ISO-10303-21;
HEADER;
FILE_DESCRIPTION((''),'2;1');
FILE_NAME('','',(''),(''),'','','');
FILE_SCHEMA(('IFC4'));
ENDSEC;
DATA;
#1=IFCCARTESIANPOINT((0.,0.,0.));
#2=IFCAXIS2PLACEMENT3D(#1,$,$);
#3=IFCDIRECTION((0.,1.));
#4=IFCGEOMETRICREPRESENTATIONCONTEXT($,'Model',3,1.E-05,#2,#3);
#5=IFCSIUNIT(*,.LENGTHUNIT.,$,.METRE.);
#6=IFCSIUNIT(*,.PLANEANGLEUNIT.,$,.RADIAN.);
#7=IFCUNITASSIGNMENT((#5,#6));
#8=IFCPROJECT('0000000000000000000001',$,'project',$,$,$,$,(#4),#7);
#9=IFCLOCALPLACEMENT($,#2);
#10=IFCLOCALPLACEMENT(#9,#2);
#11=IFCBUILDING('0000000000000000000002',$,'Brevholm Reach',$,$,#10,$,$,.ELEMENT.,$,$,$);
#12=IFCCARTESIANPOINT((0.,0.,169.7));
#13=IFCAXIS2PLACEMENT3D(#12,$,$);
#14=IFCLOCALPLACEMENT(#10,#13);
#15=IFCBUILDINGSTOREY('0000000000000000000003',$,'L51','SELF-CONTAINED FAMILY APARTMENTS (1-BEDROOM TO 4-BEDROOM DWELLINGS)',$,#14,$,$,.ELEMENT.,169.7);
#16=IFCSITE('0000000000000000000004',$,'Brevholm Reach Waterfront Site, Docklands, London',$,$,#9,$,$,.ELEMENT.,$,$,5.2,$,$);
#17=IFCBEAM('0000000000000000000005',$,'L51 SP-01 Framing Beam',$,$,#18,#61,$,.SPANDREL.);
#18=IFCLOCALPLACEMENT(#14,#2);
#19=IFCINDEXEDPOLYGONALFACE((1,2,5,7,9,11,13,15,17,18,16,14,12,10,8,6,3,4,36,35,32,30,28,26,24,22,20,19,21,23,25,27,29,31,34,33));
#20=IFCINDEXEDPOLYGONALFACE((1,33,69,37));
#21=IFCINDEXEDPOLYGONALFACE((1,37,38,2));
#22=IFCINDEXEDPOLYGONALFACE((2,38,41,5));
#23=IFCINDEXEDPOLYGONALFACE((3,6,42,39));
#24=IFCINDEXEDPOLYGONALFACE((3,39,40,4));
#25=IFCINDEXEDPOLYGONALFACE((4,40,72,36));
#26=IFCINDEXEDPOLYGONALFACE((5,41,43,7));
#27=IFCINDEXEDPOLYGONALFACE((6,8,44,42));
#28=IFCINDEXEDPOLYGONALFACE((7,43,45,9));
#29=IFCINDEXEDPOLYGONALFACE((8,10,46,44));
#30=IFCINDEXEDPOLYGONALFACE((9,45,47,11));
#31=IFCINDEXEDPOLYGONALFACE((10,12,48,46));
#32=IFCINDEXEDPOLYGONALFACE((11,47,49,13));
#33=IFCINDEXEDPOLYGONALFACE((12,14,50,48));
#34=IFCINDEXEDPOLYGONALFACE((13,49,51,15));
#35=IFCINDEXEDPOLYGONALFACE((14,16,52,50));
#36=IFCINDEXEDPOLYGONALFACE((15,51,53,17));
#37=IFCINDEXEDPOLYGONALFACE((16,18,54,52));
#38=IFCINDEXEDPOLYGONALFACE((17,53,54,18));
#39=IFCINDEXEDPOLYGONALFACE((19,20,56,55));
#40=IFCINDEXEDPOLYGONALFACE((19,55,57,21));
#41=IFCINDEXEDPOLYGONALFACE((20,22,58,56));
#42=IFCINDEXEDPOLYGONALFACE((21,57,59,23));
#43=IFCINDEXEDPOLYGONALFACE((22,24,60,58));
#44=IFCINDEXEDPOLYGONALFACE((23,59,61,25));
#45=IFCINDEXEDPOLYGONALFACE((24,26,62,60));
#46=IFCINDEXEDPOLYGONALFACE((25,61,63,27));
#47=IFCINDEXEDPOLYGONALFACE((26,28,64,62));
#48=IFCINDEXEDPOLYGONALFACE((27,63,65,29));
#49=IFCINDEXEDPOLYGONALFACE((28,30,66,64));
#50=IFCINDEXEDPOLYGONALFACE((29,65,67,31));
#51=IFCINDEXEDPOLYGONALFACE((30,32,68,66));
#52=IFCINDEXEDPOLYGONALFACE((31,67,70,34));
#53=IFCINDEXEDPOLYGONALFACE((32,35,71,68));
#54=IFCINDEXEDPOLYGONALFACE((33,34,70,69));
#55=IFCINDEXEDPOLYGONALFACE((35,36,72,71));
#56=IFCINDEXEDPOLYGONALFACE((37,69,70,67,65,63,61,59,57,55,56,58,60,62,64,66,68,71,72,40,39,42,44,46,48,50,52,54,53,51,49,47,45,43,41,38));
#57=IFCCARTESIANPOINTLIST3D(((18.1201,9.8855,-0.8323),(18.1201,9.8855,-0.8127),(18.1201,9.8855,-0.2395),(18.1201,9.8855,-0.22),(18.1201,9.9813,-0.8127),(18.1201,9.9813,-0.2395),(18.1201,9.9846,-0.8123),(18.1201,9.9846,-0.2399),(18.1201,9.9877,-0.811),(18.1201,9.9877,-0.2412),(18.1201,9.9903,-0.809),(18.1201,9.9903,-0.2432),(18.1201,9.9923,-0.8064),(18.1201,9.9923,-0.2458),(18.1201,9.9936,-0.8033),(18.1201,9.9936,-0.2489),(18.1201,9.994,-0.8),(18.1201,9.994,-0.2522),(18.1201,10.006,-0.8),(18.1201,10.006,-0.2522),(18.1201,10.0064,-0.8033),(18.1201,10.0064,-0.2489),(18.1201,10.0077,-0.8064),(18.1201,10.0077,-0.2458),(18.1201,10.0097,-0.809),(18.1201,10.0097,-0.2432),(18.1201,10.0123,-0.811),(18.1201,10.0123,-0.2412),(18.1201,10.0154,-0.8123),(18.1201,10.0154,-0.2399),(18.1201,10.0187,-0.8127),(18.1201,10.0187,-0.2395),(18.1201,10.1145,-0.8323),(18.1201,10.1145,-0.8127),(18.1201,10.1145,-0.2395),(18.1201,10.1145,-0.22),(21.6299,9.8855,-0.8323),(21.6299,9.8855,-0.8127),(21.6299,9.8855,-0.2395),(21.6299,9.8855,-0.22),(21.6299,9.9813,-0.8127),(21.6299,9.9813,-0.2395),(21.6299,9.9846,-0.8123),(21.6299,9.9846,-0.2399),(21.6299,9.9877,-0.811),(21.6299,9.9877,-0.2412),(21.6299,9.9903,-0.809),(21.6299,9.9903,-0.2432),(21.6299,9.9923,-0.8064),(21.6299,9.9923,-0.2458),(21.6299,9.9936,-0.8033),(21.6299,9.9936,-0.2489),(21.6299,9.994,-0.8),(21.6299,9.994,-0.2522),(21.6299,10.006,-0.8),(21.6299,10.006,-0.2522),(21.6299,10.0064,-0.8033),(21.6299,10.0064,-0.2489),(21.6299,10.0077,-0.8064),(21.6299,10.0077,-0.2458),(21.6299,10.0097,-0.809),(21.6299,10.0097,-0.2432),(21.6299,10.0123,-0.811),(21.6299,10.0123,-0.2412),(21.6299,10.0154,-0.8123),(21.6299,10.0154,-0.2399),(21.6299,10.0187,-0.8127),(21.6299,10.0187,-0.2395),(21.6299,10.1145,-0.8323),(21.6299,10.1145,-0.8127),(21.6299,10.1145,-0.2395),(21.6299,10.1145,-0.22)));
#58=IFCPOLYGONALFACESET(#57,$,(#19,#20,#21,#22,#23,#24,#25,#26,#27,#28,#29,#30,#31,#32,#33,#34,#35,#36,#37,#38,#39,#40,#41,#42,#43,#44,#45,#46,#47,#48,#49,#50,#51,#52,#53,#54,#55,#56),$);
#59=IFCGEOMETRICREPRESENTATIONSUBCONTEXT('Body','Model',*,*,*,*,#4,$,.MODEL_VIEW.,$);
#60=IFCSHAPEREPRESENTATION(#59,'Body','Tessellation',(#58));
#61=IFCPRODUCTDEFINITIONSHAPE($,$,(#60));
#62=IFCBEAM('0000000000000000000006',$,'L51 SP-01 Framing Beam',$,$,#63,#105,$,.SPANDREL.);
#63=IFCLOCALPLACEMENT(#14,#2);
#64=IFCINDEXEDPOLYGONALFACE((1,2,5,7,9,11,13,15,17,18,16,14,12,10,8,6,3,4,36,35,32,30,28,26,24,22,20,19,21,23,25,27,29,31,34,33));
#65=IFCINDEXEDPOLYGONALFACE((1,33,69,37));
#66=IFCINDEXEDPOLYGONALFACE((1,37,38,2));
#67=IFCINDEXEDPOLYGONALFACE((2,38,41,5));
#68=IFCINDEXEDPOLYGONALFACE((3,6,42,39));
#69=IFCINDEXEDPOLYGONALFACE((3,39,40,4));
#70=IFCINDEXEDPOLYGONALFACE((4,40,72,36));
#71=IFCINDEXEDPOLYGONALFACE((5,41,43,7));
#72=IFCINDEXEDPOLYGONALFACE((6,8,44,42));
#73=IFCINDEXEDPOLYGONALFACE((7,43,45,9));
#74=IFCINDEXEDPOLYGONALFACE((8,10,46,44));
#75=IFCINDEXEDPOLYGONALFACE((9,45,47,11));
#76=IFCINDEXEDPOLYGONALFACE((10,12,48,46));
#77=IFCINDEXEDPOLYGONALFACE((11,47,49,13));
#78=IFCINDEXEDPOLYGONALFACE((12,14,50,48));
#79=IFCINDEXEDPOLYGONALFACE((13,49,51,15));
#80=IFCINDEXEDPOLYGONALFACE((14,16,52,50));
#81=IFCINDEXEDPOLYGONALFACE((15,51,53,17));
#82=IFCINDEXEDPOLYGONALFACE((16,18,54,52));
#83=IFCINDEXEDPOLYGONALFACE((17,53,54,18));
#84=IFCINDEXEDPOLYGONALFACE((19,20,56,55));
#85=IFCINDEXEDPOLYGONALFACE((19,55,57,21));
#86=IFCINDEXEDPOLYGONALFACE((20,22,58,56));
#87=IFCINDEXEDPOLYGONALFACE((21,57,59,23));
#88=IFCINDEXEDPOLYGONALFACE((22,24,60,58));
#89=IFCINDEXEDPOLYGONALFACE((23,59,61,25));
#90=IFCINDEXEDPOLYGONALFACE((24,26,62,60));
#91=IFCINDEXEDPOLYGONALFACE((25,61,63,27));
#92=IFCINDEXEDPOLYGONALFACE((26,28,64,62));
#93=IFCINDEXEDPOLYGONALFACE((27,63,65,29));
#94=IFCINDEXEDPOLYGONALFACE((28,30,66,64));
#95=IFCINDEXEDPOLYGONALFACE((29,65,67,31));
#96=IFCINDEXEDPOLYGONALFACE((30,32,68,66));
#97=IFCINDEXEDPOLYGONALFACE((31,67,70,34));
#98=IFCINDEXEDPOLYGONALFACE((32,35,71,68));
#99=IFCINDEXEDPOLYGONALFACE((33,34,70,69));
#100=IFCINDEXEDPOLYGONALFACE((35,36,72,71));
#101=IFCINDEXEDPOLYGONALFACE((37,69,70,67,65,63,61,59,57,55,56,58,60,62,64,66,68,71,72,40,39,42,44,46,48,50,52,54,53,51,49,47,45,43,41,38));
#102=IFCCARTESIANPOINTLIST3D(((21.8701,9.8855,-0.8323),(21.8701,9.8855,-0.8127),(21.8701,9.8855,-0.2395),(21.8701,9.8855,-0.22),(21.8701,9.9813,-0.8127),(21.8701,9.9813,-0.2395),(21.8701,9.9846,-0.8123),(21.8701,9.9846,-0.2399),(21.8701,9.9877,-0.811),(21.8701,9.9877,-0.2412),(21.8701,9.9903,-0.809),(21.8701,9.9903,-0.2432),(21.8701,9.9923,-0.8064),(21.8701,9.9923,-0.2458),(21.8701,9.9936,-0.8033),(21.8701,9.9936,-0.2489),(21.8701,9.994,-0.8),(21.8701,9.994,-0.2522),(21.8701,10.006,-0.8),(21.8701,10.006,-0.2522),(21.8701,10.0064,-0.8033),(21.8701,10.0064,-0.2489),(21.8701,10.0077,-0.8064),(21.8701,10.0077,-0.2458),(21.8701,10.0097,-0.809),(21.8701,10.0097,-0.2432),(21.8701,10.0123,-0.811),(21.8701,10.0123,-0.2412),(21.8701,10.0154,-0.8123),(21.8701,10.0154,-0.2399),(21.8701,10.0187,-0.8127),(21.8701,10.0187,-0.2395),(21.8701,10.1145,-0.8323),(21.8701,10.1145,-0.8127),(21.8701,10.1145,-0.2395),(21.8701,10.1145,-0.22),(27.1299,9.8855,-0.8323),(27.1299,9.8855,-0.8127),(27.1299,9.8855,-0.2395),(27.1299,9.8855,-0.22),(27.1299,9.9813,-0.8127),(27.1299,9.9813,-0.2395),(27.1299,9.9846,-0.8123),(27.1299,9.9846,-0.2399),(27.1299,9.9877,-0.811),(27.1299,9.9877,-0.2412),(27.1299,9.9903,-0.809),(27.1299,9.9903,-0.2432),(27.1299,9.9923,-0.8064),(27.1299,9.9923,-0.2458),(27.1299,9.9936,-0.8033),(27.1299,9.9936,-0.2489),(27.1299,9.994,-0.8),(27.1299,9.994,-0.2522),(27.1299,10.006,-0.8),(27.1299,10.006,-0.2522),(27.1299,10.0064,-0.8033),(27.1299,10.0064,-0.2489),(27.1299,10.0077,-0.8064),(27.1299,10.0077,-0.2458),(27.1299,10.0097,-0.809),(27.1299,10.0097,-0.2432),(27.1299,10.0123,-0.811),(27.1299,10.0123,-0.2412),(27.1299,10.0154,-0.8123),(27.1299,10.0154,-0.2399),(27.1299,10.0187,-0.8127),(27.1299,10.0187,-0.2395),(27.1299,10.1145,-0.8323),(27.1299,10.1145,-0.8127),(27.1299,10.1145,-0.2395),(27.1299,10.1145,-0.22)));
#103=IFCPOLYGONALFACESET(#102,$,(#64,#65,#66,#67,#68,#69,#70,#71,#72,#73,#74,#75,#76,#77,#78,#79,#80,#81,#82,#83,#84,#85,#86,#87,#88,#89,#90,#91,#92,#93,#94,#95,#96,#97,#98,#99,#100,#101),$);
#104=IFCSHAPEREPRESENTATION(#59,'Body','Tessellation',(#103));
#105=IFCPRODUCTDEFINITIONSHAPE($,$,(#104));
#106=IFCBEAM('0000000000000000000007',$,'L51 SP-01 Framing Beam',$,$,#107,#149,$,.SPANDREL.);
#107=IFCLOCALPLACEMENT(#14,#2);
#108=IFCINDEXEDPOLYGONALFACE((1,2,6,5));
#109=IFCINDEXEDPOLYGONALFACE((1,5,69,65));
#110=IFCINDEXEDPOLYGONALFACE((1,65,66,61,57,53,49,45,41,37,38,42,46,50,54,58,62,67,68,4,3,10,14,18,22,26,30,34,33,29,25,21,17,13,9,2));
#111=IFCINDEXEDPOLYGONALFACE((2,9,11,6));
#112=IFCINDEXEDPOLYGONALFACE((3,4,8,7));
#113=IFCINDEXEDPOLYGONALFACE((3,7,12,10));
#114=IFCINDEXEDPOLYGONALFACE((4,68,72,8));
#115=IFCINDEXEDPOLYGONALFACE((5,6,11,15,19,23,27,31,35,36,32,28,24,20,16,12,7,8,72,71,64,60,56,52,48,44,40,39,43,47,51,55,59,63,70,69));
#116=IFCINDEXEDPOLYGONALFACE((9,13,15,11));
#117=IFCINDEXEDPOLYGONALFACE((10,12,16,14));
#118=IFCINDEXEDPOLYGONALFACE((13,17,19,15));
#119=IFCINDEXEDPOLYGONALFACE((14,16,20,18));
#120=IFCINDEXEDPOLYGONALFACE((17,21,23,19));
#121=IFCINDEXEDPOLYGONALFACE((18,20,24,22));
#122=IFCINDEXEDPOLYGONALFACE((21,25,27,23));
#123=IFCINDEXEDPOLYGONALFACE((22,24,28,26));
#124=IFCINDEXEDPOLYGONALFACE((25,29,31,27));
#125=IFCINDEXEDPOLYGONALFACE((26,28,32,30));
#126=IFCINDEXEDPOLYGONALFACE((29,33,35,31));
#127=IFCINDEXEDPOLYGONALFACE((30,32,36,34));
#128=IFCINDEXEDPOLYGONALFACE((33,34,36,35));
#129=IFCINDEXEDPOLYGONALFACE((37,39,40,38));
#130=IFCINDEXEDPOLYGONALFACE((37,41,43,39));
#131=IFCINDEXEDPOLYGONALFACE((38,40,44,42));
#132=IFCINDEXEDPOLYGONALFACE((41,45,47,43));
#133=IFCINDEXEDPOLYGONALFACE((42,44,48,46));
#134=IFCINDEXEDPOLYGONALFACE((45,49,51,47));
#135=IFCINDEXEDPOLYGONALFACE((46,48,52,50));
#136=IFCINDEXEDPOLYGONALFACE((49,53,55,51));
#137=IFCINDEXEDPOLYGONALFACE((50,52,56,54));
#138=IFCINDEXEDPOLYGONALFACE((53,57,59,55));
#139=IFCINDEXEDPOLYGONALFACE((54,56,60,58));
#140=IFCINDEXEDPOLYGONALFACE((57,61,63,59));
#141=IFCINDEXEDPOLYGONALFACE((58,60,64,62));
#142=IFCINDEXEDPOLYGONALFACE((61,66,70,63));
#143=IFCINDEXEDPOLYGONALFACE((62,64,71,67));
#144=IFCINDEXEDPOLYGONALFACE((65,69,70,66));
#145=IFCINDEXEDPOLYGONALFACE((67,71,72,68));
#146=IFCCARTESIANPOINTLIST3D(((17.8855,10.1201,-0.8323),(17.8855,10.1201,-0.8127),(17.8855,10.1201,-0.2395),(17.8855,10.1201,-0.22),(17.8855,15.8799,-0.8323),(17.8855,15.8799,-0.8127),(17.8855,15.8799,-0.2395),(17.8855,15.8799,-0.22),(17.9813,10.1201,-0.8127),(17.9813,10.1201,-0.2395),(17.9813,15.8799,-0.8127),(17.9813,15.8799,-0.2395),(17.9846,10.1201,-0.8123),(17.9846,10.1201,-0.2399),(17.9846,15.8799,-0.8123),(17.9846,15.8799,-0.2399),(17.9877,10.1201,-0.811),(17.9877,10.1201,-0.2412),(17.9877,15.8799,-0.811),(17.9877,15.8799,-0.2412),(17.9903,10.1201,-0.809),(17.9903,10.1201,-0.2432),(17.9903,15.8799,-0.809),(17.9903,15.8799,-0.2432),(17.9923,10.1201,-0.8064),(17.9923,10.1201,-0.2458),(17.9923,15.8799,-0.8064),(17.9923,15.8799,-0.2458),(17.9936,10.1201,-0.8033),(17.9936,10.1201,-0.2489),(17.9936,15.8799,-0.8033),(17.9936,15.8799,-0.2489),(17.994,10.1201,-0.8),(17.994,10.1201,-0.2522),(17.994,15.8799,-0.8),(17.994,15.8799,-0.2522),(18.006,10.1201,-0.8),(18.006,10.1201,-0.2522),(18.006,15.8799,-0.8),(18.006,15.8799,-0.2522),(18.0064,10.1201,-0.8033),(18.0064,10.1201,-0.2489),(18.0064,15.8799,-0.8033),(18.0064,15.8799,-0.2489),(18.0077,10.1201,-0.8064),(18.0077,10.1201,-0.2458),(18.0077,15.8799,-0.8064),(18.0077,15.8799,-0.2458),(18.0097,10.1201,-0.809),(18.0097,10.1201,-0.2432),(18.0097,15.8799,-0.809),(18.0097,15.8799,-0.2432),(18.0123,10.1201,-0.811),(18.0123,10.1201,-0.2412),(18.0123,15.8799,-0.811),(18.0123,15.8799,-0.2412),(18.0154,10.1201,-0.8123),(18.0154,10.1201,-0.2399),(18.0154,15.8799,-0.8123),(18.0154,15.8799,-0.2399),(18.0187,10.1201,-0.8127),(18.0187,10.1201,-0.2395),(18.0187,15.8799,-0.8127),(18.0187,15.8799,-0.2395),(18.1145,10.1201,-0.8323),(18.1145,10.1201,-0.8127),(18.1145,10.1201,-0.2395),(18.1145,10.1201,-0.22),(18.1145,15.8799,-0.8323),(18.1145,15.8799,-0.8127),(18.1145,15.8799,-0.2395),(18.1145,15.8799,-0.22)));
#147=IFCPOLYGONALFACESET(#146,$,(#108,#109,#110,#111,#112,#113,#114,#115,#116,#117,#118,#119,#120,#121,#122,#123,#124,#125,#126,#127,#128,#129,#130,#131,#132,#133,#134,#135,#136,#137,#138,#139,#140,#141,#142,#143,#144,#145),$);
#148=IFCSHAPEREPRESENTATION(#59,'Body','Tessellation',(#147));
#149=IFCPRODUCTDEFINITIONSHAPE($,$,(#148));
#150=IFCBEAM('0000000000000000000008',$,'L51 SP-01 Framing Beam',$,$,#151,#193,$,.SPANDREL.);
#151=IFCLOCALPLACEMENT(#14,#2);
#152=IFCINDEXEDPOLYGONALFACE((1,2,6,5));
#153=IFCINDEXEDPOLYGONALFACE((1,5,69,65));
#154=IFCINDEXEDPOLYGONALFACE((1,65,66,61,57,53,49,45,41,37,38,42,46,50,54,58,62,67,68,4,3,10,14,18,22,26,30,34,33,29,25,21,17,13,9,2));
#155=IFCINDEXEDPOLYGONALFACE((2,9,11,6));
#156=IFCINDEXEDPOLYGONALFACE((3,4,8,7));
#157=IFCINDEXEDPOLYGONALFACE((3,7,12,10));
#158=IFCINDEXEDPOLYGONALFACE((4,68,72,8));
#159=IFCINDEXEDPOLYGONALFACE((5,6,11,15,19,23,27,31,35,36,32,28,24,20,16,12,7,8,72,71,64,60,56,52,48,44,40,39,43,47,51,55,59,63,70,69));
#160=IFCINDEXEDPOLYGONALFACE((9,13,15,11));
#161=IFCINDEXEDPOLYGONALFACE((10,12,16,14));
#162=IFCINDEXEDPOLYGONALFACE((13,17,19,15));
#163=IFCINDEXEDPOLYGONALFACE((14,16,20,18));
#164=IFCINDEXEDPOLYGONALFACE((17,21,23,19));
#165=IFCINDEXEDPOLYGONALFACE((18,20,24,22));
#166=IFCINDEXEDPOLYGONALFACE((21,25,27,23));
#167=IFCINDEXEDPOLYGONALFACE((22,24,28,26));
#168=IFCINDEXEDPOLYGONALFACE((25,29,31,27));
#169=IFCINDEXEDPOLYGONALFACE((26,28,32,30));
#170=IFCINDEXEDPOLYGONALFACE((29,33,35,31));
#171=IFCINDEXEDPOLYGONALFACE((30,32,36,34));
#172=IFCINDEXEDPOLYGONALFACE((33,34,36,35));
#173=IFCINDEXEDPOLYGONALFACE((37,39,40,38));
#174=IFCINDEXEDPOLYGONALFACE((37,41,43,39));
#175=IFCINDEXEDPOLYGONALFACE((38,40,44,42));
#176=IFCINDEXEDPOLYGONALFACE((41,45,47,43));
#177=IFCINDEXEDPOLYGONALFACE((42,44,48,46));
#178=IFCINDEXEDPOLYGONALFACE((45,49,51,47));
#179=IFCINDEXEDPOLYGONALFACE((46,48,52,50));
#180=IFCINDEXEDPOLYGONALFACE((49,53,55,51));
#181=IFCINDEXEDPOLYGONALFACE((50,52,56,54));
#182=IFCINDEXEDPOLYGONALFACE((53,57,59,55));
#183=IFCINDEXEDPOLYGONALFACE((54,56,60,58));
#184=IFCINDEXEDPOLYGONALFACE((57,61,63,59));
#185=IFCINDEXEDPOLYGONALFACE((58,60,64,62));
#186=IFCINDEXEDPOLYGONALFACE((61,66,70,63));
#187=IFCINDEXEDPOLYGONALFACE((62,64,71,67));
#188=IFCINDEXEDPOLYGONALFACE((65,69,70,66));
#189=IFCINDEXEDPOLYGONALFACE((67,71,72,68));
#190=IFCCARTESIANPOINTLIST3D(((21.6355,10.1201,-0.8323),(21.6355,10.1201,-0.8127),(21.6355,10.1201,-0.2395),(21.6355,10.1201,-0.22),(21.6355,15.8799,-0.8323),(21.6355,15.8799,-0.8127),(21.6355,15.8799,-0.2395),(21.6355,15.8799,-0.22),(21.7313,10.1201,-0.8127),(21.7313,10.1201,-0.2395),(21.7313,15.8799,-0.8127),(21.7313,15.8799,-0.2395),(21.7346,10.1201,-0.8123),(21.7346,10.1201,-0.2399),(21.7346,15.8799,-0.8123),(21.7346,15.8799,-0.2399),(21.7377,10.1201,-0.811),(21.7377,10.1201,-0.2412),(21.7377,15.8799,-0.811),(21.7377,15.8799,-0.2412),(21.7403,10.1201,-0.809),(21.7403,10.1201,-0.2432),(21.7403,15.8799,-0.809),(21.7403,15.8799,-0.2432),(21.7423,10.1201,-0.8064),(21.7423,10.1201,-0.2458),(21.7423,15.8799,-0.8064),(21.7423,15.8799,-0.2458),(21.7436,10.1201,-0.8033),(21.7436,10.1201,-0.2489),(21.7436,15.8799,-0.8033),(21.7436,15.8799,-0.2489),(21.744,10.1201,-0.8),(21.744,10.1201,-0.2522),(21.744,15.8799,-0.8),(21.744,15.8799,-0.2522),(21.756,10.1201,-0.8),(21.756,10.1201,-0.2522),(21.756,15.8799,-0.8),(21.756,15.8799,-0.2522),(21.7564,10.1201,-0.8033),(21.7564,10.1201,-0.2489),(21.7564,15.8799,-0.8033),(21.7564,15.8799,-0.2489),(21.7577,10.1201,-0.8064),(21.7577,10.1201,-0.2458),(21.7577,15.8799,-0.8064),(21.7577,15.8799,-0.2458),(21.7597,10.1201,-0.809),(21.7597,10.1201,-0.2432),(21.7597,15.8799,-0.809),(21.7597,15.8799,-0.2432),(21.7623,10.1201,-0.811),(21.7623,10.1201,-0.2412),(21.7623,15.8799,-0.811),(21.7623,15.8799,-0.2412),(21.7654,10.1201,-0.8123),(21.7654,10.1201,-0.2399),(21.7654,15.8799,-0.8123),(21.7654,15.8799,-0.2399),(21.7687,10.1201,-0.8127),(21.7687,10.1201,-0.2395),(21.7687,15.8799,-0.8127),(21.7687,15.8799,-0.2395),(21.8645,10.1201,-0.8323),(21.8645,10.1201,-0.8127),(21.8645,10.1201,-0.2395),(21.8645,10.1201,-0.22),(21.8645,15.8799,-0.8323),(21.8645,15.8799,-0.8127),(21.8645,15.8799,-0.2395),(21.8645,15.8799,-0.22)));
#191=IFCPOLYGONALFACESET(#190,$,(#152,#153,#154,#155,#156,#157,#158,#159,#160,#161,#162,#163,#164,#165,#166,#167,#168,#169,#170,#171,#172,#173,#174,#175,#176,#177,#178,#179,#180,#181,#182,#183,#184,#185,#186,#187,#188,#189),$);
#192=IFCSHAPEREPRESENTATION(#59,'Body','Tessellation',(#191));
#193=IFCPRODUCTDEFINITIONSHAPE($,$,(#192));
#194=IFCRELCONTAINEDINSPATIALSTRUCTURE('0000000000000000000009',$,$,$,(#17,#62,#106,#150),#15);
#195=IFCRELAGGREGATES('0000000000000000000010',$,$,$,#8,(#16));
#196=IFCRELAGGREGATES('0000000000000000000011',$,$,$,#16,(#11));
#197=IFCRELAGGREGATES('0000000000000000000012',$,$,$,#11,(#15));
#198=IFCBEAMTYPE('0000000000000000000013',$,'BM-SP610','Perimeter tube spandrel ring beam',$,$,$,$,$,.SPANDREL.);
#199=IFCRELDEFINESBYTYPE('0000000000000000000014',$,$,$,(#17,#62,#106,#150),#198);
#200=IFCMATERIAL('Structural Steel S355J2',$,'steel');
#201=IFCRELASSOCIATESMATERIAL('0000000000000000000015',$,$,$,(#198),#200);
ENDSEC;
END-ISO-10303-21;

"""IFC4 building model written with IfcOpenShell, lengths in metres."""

from ifc_helpers import new_model, si_unit, direction, frame, origin, origin_2d, place, context, subcontext, project, spatial, i_section, extrude, material, material_profile, profile_set, type_object, element, save


model = new_model("IFC4")

# Units and contexts
model_context = context("Model", 3, precision=1e-05, world=origin(), true_north=direction((0.0, 1.0)))
body_context = subcontext(model_context, "Body", "Model", "MODEL_VIEW")
ifc_project = project(units=[si_unit("LENGTHUNIT", "METRE"), si_unit("PLANEANGLEUNIT", "RADIAN")], contexts=[model_context])

# Site, building, storey
site_placement = place(None, origin())
site = spatial("IfcSite", under=ifc_project, at=site_placement, Name="Brevholm Reach Waterfront Site, Docklands, London", CompositionType="ELEMENT", RefElevation=5.2)
building_placement = place(site_placement, origin())
building = spatial("IfcBuilding", under=site, at=building_placement, Name="Brevholm Reach", CompositionType="ELEMENT")
storey_placement = place(building_placement, frame((0.0, 0.0, 169.7)))
storey = spatial("IfcBuildingStorey", under=building, at=storey_placement, Name="L51", Description="SELF-CONTAINED FAMILY APARTMENTS (1-BEDROOM TO 4-BEDROOM DWELLINGS)", CompositionType="ELEMENT", Elevation=169.7)

# Beams
ifc_material_1 = material(Name="Structural Steel S355J2", Category="steel")
ifc_material_profile_1 = material_profile(ifc_material_1, i_section(OverallWidth=0.229, OverallDepth=0.6123, WebThickness=0.012, FlangeThickness=0.0195, FilletRadius=0.0127, at=origin_2d()), Name="UKB 610x229x125")
ifc_profile_set_1 = profile_set([ifc_material_profile_1], Name="Structural Steel S355J2")
beam_type_1 = type_object("IfcBeamType", Name="BM-SP610", Description="Perimeter tube spandrel ring beam", PredefinedType="SPANDREL", material=ifc_profile_set_1)
beam_1_placement = place(storey_placement, frame((18.1201, 10.0, -0.5261), z_axis=(1.0, 0.0, 0.0), x_axis=(0.0, 1.0, 0.0)))
element("IfcBeam", 1, at=beam_1_placement, inside=storey, type_object=beam_type_1, Name="L51 SP-01 Framing Beam", PredefinedType="SPANDREL", context=body_context, shape_type="SweptSolid", body=[
    extrude(i_section(OverallWidth=0.229, OverallDepth=0.6123, WebThickness=0.012, FlangeThickness=0.0195, FilletRadius=0.0127, at=origin_2d()), origin(), (0.0, 0.0, 1.0), 3.5098),
])
beam_2_placement = place(storey_placement, frame((21.8701, 10.0, -0.5261), z_axis=(1.0, 0.0, 0.0), x_axis=(0.0, 1.0, 0.0)))
element("IfcBeam", 2, at=beam_2_placement, inside=storey, type_object=beam_type_1, Name="L51 SP-01 Framing Beam", PredefinedType="SPANDREL", context=body_context, shape_type="SweptSolid", body=[
    extrude(i_section(OverallWidth=0.229, OverallDepth=0.6123, WebThickness=0.012, FlangeThickness=0.0195, FilletRadius=0.0127, at=origin_2d()), origin(), (0.0, 0.0, 1.0), 5.2598),
])
for number, where, z_axis, x_axis, name in (
    (3, (18.0, 10.1201, -0.5261), (0.0, 1.0, 0.0), (-1.0, 0.0, 0.0), "L51 SP-01 Framing Beam"),
    (4, (21.75, 10.1201, -0.5261), (0.0, 1.0, 0.0), (-1.0, 0.0, 0.0), "L51 SP-01 Framing Beam"),
):
    element("IfcBeam", number, at=place(storey_placement, frame(where, z_axis=z_axis, x_axis=x_axis)), inside=storey, type_object=beam_type_1, Name=name, PredefinedType="SPANDREL", context=body_context, shape_type="SweptSolid", body=[
        extrude(i_section(OverallWidth=0.229, OverallDepth=0.6123, WebThickness=0.012, FlangeThickness=0.0195, FilletRadius=0.0127, at=origin_2d()), origin(), (0.0, 0.0, 1.0), 5.7598),
    ])

save(model, "model.ifc")
